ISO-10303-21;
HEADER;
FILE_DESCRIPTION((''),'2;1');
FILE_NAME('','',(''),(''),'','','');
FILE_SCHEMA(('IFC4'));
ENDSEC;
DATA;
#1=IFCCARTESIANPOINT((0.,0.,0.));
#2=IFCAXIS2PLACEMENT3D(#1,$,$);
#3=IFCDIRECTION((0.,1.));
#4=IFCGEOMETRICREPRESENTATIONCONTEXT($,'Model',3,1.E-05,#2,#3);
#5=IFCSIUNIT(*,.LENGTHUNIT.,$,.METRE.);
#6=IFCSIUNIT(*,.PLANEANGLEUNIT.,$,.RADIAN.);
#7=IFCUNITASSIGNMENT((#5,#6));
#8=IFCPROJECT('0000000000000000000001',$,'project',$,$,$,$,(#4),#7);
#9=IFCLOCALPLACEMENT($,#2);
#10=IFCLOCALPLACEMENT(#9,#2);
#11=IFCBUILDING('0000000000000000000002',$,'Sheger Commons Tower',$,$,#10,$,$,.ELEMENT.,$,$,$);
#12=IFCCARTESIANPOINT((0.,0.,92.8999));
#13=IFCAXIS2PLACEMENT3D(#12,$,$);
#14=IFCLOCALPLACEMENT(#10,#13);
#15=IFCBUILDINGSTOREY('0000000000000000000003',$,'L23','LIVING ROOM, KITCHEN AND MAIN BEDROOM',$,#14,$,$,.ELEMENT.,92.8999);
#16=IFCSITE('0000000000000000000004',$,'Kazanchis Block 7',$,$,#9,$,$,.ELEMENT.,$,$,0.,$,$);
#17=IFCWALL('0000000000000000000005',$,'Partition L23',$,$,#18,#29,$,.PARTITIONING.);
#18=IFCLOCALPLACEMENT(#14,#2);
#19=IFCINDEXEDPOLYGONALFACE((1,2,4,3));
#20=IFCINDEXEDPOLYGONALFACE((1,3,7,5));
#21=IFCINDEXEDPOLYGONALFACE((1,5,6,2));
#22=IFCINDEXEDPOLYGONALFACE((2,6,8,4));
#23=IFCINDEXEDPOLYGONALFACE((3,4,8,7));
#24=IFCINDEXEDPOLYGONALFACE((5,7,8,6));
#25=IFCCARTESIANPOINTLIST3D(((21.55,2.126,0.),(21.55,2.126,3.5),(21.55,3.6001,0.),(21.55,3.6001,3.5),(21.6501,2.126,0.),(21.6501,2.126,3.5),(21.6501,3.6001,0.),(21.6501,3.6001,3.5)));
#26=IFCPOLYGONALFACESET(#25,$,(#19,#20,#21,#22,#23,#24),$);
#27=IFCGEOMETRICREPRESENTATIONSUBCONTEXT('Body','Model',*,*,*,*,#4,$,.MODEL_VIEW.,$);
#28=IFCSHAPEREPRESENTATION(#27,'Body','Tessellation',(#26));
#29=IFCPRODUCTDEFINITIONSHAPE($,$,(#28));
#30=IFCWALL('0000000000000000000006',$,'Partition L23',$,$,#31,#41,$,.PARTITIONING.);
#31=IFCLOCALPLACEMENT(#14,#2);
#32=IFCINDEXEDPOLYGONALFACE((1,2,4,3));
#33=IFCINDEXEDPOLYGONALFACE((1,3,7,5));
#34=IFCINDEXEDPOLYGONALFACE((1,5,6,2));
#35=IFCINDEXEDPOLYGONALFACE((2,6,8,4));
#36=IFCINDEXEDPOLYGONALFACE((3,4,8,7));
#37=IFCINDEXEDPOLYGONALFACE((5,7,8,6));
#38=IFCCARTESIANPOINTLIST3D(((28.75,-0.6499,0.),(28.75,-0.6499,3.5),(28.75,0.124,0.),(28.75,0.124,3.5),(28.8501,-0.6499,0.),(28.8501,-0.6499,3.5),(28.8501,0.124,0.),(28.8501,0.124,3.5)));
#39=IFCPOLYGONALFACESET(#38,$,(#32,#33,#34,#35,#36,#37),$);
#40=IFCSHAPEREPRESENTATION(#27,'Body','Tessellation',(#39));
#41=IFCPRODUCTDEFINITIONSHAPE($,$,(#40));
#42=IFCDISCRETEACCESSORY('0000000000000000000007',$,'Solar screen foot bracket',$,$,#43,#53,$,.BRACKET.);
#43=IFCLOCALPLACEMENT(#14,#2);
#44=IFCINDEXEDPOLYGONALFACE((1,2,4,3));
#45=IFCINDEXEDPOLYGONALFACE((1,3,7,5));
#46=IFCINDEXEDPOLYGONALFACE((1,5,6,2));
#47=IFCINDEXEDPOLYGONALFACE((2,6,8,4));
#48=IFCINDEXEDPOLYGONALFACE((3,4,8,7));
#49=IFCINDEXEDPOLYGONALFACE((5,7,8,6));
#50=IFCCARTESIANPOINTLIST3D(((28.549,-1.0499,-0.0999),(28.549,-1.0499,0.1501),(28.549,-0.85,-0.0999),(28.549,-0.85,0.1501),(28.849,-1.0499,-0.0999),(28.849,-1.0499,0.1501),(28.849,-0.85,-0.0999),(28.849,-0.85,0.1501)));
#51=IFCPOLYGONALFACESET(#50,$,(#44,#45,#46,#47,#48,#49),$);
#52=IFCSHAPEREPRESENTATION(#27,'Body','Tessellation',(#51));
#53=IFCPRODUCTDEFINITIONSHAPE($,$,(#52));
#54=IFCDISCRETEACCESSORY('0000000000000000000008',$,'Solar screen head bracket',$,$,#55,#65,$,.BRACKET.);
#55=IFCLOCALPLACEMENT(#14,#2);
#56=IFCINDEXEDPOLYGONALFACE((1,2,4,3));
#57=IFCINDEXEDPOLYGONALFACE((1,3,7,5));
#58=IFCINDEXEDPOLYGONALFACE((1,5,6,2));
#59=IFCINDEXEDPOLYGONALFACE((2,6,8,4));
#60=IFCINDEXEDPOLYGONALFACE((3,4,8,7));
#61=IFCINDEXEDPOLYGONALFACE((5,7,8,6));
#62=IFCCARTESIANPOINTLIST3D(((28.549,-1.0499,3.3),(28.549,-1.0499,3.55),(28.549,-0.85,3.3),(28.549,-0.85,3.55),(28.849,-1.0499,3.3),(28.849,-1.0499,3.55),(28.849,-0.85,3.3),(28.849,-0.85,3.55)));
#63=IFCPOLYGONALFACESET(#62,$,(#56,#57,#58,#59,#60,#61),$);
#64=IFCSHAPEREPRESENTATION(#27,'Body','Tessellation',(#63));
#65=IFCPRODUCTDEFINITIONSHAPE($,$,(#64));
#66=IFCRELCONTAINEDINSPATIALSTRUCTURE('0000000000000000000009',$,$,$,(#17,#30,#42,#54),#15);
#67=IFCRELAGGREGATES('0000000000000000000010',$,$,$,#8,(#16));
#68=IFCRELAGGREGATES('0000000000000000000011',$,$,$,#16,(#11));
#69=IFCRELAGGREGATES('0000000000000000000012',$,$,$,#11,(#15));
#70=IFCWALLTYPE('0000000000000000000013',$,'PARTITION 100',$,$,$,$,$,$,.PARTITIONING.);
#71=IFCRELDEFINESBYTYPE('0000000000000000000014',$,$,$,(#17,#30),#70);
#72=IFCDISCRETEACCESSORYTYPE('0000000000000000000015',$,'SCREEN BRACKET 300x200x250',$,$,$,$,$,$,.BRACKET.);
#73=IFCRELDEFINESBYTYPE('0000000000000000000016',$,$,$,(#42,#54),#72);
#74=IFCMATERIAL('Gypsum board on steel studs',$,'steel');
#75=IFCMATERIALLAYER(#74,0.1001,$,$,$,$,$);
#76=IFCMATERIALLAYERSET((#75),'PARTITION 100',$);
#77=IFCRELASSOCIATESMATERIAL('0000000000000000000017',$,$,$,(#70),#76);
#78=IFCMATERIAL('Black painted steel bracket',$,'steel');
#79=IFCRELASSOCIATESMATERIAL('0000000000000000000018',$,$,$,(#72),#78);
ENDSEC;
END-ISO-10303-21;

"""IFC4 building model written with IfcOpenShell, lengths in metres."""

from ifc_helpers import new_model, si_unit, direction, frame, frame_2d, origin, origin_2d, place, context, subcontext, project, spatial, rectangle, extrude, material, layer, layer_set, type_object, element, save


model = new_model("IFC4")

# Units and contexts
model_context = context("Model", 3, precision=1e-05, world=origin(), true_north=direction((0.0, 1.0)))
body_context = subcontext(model_context, "Body", "Model", "MODEL_VIEW")
ifc_project = project(units=[si_unit("LENGTHUNIT", "METRE"), si_unit("PLANEANGLEUNIT", "RADIAN")], contexts=[model_context])

# Site, building, storey
site_placement = place(None, origin())
site = spatial("IfcSite", under=ifc_project, at=site_placement, Name="Kazanchis Block 7", CompositionType="ELEMENT", RefElevation=0.0)
building_placement = place(site_placement, origin())
building = spatial("IfcBuilding", under=site, at=building_placement, Name="Sheger Commons Tower", CompositionType="ELEMENT")
storey_placement = place(building_placement, frame((0.0, 0.0, 92.8999)))
storey = spatial("IfcBuildingStorey", under=building, at=storey_placement, Name="L23", Description="LIVING ROOM, KITCHEN AND MAIN BEDROOM", CompositionType="ELEMENT", Elevation=92.8999)

# Shared definitions
ifc_material_1 = material(Name="Gypsum board on steel studs", Category="steel")
ifc_layer_1 = layer(ifc_material_1, 0.1001)
ifc_layer_set_1 = layer_set([ifc_layer_1], Name="PARTITION 100")
wall_type_1 = type_object("IfcWallType", Name="PARTITION 100", PredefinedType="PARTITIONING", material=ifc_layer_set_1)

# Walls
wall_1_placement = place(storey_placement, frame((21.6001, 2.126, 0.0), z_axis=(0.0, 0.0, 1.0), x_axis=(0.0, 1.0, 0.0)))
element("IfcWall", 1, at=wall_1_placement, inside=storey, type_object=wall_type_1, Name="Partition L23", PredefinedType="PARTITIONING", context=body_context, shape_type="SweptSolid", body=[
    extrude(rectangle(XDim=1.4741, YDim=0.1001, at=frame_2d((0.7371, 0.0))), origin(), (0.0, 0.0, 1.0), 3.5),
])
wall_2_placement = place(storey_placement, frame((28.8, -0.6499, 0.0), z_axis=(0.0, 0.0, 1.0), x_axis=(0.0, 1.0, 0.0)))
element("IfcWall", 2, at=wall_2_placement, inside=storey, type_object=wall_type_1, Name="Partition L23", PredefinedType="PARTITIONING", context=body_context, shape_type="SweptSolid", body=[
    extrude(rectangle(XDim=0.7739, YDim=0.1001, at=frame_2d((0.387, 0.0))), origin(), (0.0, 0.0, 1.0), 3.5),
])

# Discrete accessories
ifc_material_2 = material(Name="Black painted steel bracket", Category="steel")
discrete_accessory_type = type_object("IfcDiscreteAccessoryType", Name="SCREEN BRACKET 300x200x250", PredefinedType="BRACKET", material=ifc_material_2)
for number, where, z_axis, x_axis, name in (
    (3, (28.699, -0.95, -0.0999), (0.0, 0.0, 1.0), (1.0, 0.0, 0.0), "Solar screen foot bracket"),
    (4, (28.699, -0.95, 3.3), (0.0, 0.0, 1.0), (1.0, 0.0, 0.0), "Solar screen head bracket"),
):
    element("IfcDiscreteAccessory", number, at=place(storey_placement, frame(where, z_axis=z_axis, x_axis=x_axis)), inside=storey, type_object=discrete_accessory_type, Name=name, PredefinedType="BRACKET", context=body_context, shape_type="SweptSolid", body=[
        extrude(rectangle(XDim=0.3, YDim=0.2, at=origin_2d()), origin(), (0.0, 0.0, 1.0), 0.25),
    ])

save(model, "model.ifc")
